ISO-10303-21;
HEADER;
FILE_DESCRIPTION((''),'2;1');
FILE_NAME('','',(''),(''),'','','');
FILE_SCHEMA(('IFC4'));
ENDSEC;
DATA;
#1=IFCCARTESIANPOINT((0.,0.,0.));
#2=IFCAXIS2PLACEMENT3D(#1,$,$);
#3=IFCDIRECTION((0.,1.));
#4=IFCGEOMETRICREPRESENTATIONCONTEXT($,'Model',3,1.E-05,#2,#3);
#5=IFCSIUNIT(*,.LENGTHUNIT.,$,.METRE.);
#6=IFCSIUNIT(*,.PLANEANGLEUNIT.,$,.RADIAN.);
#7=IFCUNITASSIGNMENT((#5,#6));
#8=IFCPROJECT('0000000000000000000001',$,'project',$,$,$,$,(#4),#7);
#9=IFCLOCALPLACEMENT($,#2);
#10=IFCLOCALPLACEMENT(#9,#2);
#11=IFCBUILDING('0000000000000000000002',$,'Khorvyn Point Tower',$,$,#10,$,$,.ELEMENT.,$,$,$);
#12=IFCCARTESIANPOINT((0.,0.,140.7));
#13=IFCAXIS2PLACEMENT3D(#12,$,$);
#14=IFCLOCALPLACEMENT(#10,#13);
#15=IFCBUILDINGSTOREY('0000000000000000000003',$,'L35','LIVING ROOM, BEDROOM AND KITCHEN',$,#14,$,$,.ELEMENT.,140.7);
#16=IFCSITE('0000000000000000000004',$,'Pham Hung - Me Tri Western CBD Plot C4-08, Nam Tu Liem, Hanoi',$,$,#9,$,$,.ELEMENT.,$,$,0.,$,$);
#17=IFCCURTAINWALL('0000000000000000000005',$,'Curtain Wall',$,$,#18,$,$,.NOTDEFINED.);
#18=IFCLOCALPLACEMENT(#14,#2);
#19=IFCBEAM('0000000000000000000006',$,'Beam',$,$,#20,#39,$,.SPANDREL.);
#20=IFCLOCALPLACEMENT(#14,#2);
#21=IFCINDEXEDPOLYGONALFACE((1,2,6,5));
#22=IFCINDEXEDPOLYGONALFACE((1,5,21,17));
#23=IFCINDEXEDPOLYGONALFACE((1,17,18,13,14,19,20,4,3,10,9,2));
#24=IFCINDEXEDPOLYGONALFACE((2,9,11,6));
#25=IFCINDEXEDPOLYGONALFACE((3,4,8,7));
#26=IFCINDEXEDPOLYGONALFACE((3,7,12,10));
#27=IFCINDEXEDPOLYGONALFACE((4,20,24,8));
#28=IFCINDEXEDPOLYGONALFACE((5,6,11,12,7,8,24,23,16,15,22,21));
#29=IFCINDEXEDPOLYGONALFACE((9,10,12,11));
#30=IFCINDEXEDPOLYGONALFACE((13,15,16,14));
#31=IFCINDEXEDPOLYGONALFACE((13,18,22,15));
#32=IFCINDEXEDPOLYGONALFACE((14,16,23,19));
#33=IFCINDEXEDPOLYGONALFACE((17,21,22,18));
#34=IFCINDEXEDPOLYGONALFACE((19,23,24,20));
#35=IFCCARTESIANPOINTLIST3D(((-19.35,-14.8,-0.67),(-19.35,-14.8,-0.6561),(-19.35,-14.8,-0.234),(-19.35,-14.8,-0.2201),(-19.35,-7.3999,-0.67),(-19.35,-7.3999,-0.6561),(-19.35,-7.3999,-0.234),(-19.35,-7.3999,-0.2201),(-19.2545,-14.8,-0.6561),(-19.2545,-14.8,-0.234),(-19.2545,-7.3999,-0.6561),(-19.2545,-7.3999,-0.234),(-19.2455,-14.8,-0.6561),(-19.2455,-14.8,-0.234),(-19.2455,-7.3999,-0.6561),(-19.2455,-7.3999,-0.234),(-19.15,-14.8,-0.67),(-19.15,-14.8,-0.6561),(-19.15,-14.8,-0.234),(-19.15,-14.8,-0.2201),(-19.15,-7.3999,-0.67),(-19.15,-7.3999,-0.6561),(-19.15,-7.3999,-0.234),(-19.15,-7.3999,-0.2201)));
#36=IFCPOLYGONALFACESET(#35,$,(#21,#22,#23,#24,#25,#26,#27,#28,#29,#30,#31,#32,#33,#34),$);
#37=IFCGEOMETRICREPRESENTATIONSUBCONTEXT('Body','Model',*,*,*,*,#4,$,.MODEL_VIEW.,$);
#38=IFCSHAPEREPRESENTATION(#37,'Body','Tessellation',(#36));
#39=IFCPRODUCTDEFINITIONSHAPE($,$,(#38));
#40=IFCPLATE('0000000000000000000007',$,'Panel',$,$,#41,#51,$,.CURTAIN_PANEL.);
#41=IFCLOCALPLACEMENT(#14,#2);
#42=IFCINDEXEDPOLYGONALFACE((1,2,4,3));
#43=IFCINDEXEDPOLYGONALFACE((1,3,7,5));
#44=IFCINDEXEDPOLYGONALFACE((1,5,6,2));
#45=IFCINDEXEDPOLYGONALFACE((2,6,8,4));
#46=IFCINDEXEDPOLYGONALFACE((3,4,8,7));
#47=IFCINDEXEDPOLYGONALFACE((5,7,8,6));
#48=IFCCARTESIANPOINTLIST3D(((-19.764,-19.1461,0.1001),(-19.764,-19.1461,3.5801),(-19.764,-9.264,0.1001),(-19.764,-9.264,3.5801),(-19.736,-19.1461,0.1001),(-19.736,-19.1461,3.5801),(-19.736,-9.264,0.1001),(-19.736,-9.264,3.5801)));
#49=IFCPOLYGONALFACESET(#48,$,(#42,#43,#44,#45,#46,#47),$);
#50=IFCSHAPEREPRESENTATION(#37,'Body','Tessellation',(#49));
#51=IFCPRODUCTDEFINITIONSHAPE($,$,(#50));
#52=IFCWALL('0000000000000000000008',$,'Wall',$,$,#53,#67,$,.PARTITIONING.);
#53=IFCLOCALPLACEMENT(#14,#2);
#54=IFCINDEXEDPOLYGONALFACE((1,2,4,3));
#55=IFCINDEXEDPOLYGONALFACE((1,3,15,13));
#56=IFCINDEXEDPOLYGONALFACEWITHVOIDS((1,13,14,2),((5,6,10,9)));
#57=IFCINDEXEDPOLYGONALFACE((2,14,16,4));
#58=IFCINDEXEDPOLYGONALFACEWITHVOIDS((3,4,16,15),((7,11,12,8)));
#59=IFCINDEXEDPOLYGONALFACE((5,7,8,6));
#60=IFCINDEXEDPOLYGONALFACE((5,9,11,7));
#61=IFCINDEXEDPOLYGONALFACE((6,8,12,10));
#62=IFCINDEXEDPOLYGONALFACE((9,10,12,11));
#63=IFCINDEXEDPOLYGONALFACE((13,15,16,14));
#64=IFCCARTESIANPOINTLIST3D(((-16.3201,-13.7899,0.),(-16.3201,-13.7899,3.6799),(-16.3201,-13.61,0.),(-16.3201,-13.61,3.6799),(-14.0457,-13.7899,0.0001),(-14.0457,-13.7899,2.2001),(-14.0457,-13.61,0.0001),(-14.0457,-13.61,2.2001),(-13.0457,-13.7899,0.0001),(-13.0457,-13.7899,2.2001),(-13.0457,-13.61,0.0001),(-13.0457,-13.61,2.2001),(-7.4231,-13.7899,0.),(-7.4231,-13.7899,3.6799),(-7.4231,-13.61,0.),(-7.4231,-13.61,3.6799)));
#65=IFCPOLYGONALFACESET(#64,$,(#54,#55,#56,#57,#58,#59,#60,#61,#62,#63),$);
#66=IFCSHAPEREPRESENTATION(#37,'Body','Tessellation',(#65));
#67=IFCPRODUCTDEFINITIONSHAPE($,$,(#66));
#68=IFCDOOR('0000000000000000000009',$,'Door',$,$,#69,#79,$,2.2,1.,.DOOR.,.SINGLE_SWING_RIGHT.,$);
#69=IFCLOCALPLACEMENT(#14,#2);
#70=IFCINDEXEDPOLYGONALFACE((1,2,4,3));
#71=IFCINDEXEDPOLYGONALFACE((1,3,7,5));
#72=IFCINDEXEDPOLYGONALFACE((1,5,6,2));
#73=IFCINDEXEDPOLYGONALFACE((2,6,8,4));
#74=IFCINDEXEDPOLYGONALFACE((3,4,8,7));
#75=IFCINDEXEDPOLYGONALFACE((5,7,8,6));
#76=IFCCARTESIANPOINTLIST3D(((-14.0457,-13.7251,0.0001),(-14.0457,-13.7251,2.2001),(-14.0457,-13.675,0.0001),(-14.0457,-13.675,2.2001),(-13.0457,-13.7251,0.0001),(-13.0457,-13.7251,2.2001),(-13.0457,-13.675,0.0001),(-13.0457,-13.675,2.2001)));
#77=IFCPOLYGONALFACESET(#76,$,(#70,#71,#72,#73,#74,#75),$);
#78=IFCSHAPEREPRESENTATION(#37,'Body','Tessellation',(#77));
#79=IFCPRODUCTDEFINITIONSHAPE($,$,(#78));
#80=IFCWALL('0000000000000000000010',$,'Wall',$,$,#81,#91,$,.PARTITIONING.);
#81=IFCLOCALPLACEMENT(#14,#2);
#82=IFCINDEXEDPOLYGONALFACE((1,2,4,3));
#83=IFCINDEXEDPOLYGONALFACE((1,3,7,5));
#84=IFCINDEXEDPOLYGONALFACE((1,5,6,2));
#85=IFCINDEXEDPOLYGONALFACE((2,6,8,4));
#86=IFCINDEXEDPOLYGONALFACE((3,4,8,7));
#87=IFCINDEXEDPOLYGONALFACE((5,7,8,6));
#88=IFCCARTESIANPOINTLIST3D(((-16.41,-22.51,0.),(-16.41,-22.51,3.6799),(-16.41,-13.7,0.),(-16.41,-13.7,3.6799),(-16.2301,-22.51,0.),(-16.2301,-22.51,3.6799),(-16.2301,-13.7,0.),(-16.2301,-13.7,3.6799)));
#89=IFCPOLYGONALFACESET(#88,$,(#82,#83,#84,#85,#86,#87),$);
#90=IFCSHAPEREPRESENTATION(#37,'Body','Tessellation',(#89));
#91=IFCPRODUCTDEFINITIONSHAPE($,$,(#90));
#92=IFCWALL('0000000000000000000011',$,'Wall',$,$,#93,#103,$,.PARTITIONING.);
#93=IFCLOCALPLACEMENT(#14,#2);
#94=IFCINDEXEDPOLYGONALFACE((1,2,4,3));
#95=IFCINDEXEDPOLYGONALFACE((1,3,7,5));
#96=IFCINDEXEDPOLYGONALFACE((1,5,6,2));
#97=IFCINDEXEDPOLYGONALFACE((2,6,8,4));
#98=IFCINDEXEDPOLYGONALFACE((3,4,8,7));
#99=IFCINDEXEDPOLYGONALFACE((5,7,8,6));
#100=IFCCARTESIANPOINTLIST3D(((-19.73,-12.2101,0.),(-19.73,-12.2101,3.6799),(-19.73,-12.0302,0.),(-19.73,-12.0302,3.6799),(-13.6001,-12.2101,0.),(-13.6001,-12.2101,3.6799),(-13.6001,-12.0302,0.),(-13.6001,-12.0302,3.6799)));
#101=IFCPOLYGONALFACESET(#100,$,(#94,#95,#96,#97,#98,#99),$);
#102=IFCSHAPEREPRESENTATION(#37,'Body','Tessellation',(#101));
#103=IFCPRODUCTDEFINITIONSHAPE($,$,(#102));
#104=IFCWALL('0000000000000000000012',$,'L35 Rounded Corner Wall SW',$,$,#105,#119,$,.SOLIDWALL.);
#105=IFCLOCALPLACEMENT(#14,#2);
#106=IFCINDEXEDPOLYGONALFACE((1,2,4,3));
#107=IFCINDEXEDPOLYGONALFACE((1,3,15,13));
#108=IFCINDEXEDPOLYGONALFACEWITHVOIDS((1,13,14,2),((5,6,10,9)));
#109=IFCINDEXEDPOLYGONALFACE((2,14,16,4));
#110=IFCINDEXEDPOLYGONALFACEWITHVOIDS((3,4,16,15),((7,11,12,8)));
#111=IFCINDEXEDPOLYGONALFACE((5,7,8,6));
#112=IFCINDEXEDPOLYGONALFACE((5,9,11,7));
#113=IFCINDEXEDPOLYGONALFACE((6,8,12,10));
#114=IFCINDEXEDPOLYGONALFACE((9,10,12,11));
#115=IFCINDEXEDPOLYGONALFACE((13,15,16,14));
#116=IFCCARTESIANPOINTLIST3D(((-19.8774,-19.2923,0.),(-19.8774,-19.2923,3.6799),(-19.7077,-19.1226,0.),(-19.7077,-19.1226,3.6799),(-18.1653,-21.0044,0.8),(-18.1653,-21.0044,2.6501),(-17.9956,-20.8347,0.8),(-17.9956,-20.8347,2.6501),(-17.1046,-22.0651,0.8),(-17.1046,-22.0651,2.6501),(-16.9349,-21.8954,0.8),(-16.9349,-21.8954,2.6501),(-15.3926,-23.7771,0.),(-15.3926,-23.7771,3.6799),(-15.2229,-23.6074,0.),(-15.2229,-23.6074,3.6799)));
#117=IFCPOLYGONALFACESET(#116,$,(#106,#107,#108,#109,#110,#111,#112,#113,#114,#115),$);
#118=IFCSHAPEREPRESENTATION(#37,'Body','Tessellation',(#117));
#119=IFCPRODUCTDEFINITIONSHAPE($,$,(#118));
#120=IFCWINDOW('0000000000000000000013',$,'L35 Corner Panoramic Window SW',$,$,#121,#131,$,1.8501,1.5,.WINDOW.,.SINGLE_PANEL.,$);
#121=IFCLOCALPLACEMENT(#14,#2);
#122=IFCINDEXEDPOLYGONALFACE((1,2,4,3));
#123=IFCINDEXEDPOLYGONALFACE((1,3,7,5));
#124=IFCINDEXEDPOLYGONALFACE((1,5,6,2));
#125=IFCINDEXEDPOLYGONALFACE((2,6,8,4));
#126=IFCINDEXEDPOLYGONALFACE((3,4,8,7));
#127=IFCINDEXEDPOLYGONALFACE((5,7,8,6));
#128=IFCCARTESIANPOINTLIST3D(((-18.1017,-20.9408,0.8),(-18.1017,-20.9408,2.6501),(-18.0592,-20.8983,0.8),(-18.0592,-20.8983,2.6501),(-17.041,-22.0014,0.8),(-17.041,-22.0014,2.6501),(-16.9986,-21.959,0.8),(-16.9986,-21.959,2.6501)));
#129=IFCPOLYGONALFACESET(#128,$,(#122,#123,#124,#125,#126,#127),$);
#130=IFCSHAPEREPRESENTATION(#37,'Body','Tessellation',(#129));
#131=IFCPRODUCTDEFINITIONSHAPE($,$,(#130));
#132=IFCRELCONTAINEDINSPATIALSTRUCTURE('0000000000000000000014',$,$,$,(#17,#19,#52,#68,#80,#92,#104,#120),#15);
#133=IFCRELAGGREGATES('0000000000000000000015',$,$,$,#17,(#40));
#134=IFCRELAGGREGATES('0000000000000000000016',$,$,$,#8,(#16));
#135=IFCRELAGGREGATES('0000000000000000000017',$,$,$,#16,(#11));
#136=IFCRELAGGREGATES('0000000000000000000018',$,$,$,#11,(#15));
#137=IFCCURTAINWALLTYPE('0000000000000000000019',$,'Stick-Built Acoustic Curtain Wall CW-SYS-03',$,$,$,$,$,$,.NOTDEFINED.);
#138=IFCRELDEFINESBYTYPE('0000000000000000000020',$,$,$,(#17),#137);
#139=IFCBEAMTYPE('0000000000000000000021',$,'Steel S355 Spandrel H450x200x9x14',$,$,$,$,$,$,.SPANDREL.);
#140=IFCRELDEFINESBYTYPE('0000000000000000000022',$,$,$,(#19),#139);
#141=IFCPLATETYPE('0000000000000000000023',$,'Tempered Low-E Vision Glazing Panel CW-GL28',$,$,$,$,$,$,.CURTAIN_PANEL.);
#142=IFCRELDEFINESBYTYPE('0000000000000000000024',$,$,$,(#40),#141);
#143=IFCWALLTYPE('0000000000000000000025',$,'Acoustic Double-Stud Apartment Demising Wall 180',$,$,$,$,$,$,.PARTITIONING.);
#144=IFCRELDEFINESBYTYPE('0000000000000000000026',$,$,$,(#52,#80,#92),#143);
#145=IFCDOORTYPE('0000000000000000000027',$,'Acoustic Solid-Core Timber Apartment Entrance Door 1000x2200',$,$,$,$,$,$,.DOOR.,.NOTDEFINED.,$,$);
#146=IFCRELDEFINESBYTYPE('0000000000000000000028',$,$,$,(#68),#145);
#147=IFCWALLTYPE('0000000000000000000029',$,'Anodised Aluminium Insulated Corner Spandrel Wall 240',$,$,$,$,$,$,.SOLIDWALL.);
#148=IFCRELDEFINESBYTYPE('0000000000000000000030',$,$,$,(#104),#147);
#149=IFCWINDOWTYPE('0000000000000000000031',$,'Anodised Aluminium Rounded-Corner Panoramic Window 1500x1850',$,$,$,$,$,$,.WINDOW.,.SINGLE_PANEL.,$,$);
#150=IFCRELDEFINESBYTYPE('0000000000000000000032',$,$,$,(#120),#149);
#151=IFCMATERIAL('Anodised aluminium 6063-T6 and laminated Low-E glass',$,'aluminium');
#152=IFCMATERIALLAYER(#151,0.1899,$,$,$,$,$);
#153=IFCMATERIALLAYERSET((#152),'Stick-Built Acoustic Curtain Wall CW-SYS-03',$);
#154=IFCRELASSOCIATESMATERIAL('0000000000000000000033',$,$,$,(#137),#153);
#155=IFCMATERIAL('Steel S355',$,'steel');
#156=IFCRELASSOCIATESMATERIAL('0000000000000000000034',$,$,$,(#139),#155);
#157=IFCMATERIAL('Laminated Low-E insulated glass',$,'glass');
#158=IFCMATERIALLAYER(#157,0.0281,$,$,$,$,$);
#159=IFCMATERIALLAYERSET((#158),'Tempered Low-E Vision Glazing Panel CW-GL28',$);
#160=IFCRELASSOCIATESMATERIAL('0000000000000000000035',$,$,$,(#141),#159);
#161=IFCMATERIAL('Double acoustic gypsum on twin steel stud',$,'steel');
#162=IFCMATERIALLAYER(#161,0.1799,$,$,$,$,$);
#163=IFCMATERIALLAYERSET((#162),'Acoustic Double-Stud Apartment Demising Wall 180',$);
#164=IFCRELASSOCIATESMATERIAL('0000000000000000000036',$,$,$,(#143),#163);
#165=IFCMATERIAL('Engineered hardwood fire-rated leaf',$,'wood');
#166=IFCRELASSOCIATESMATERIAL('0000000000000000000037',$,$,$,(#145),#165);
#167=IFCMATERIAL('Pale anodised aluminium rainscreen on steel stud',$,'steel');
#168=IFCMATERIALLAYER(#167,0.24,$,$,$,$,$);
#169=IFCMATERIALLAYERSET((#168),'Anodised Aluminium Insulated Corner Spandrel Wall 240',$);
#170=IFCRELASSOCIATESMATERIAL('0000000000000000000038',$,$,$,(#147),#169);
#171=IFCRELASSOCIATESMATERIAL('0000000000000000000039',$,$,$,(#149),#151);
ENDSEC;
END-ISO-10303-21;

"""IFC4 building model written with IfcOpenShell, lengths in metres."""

from ifc_helpers import new_model, si_unit, direction, frame, frame_2d, origin, origin_2d, place, context, subcontext, project, spatial, rectangle, i_section, extrude, material, layer, layer_set, material_profile, profile_set, type_object, element, fill, aggregate, save


model = new_model("IFC4")

# Units and contexts
model_context = context("Model", 3, precision=1e-05, world=origin(), true_north=direction((0.0, 1.0)))
body_context = subcontext(model_context, "Body", "Model", "MODEL_VIEW")
ifc_project = project(units=[si_unit("LENGTHUNIT", "METRE"), si_unit("PLANEANGLEUNIT", "RADIAN")], contexts=[model_context])

# Site, building, storey
site_placement = place(None, origin())
site = spatial("IfcSite", under=ifc_project, at=site_placement, Name="Pham Hung - Me Tri Western CBD Plot C4-08, Nam Tu Liem, Hanoi", CompositionType="ELEMENT", RefElevation=0.0)
building_placement = place(site_placement, origin())
building = spatial("IfcBuilding", under=site, at=building_placement, Name="Khorvyn Point Tower", CompositionType="ELEMENT")
storey_placement = place(building_placement, frame((0.0, 0.0, 140.7)))
storey = spatial("IfcBuildingStorey", under=building, at=storey_placement, Name="L35", Description="LIVING ROOM, BEDROOM AND KITCHEN", CompositionType="ELEMENT", Elevation=140.7)

# Shared definitions
ifc_material_1 = material(Name="Anodised aluminium 6063-T6 and laminated Low-E glass", Category="aluminium")
ifc_layer_1 = layer(ifc_material_1, 0.1899)
ifc_layer_set_1 = layer_set([ifc_layer_1], Name="Stick-Built Acoustic Curtain Wall CW-SYS-03")
curtain_wall_type = type_object("IfcCurtainWallType", Name="Stick-Built Acoustic Curtain Wall CW-SYS-03", PredefinedType="NOTDEFINED", material=ifc_layer_set_1)

# Curtain wall
curtain_wall_1_placement = place(storey_placement, origin())
curtain_wall_1 = element("IfcCurtainWall", 1, at=curtain_wall_1_placement, inside=storey, type_object=curtain_wall_type, Name="Curtain Wall", PredefinedType="NOTDEFINED")

# Beam
ifc_material_2 = material(Name="Steel S355", Category="steel")
ifc_material_profile_1 = material_profile(ifc_material_2, i_section(OverallWidth=0.2, OverallDepth=0.45, WebThickness=0.009, FlangeThickness=0.0139, at=origin_2d()))
ifc_profile_set_1 = profile_set([ifc_material_profile_1], Name="Steel S355 H450x200x9x14")
beam_type_1 = type_object("IfcBeamType", Name="Steel S355 Spandrel H450x200x9x14", PredefinedType="SPANDREL", material=ifc_profile_set_1)
beam_1_placement = place(storey_placement, frame((-19.25, -14.8, -0.4451), z_axis=(0.0, 1.0, 0.0), x_axis=(-1.0, 0.0, 0.0)))
element("IfcBeam", 2, at=beam_1_placement, inside=storey, type_object=beam_type_1, Name="Beam", PredefinedType="SPANDREL", context=body_context, shape_type="SweptSolid", body=[
    extrude(i_section(OverallWidth=0.2, OverallDepth=0.45, WebThickness=0.009, FlangeThickness=0.0139, at=origin_2d()), origin(), (0.0, 0.0, 1.0), 7.4001),
])

# Plate
ifc_material_3 = material(Name="Laminated Low-E insulated glass", Category="glass")
ifc_layer_2 = layer(ifc_material_3, 0.0281)
ifc_layer_set_2 = layer_set([ifc_layer_2], Name="Tempered Low-E Vision Glazing Panel CW-GL28")
plate_type = type_object("IfcPlateType", Name="Tempered Low-E Vision Glazing Panel CW-GL28", PredefinedType="CURTAIN_PANEL", material=ifc_layer_set_2)
plate_placement = place(storey_placement, frame((-19.75, -14.2051, 0.1001), z_axis=(0.0, 0.0, 1.0), x_axis=(0.0, 1.0, 0.0)))
plate = element("IfcPlate", 3, at=plate_placement, type_object=plate_type, Name="Panel", PredefinedType="CURTAIN_PANEL", context=body_context, shape_type="SweptSolid", body=[
    extrude(rectangle(XDim=9.8821, YDim=0.0281, at=origin_2d()), origin(), (0.0, 0.0, 1.0), 3.48),
])
aggregate(curtain_wall_1, [plate])

# Wall, opening, door
ifc_material_4 = material(Name="Double acoustic gypsum on twin steel stud", Category="steel")
ifc_layer_3 = layer(ifc_material_4, 0.1799)
ifc_layer_set_3 = layer_set([ifc_layer_3], Name="Acoustic Double-Stud Apartment Demising Wall 180")
wall_type_1 = type_object("IfcWallType", Name="Acoustic Double-Stud Apartment Demising Wall 180", PredefinedType="PARTITIONING", material=ifc_layer_set_3)
wall_1_placement = place(storey_placement, frame((-16.3201, -13.7, 0.0), z_axis=(0.0, 0.0, 1.0), x_axis=(1.0, 0.0, 0.0)))
wall_1 = element("IfcWall", 4, at=wall_1_placement, inside=storey, type_object=wall_type_1, Name="Wall", PredefinedType="PARTITIONING", context=body_context, shape_type="SweptSolid", body=[
    extrude(rectangle(XDim=8.897, YDim=0.1799, at=frame_2d((4.4485, 0.0))), origin(), (0.0, 0.0, 1.0), 3.6799),
])
opening_1_placement = place(wall_1_placement, frame((2.2744, 0.0, 0.0)))
opening_1 = element("IfcOpeningElement", 5, at=opening_1_placement, cuts=wall_1, PredefinedType="OPENING", context=body_context, shape_type="SweptSolid", body=[
    extrude(rectangle(XDim=1.0, YDim=2.2, at=frame_2d((0.5, 1.1001))), frame((0.0, 0.0999, 0.0), z_axis=(0.0, -1.0, 0.0), x_axis=(1.0, 0.0, 0.0)), (0.0, 0.0, 1.0), 0.2),
])
ifc_material_5 = material(Name="Engineered hardwood fire-rated leaf", Category="wood")
door_type = type_object("IfcDoorType", Name="Acoustic Solid-Core Timber Apartment Entrance Door 1000x2200", OperationType="NOTDEFINED", PredefinedType="DOOR", material=ifc_material_5)
door_placement = place(opening_1_placement, origin())
door = element("IfcDoor", 6, at=door_placement, inside=storey, type_object=door_type, Name="Door", OperationType="SINGLE_SWING_RIGHT", OverallHeight=2.2, OverallWidth=1.0, PredefinedType="DOOR", context=body_context, shape_type="SweptSolid", body=[
    extrude(rectangle(XDim=1.0, YDim=2.2, at=frame_2d((0.5, 1.1001))), frame((0.0, 0.0249, 0.0), z_axis=(0.0, -1.0, 0.0), x_axis=(1.0, 0.0, 0.0)), (0.0, 0.0, 1.0), 0.05),
])
fill(opening_1, door)

# Walls
wall_2_placement = place(storey_placement, frame((-16.3201, -22.51, 0.0), z_axis=(0.0, 0.0, 1.0), x_axis=(0.0, 1.0, 0.0)))
element("IfcWall", 7, at=wall_2_placement, inside=storey, type_object=wall_type_1, Name="Wall", PredefinedType="PARTITIONING", context=body_context, shape_type="SweptSolid", body=[
    extrude(rectangle(XDim=8.8101, YDim=0.1799, at=frame_2d((4.405, 0.0))), origin(), (0.0, 0.0, 1.0), 3.6799),
])
wall_3_placement = place(storey_placement, frame((-19.73, -12.1201, 0.0), z_axis=(0.0, 0.0, 1.0), x_axis=(1.0, 0.0, 0.0)))
element("IfcWall", 8, at=wall_3_placement, inside=storey, type_object=wall_type_1, Name="Wall", PredefinedType="PARTITIONING", context=body_context, shape_type="SweptSolid", body=[
    extrude(rectangle(XDim=6.1299, YDim=0.1799, at=frame_2d((3.0649, 0.0))), origin(), (0.0, 0.0, 1.0), 3.6799),
])

# Wall, opening, window
ifc_material_6 = material(Name="Pale anodised aluminium rainscreen on steel stud", Category="steel")
ifc_layer_4 = layer(ifc_material_6, 0.24)
ifc_layer_set_4 = layer_set([ifc_layer_4], Name="Anodised Aluminium Insulated Corner Spandrel Wall 240")
wall_type_2 = type_object("IfcWallType", Name="Anodised Aluminium Insulated Corner Spandrel Wall 240", PredefinedType="SOLIDWALL", material=ifc_layer_set_4)
wall_4_placement = place(storey_placement, frame((-15.3076, -23.6924, 0.0), z_axis=(0.0, 0.0, 1.0), x_axis=(-0.707107, 0.707107, 0.0)))
wall_4 = element("IfcWall", 9, at=wall_4_placement, inside=storey, type_object=wall_type_2, Name="L35 Rounded Corner Wall SW", PredefinedType="SOLIDWALL", context=body_context, shape_type="SweptSolid", body=[
    extrude(rectangle(XDim=6.3425, YDim=0.24, at=frame_2d((3.1714, 0.0))), origin(), (0.0, 0.0, 1.0), 3.6799),
])
opening_2_placement = place(wall_4_placement, frame((2.4214, 0.0, 0.8)))
opening_2 = element("IfcOpeningElement", 10, at=opening_2_placement, cuts=wall_4, PredefinedType="OPENING", context=body_context, shape_type="SweptSolid", body=[
    extrude(rectangle(XDim=1.5, YDim=1.8501, at=frame_2d((0.75, 0.925))), frame((0.0, 0.1299, 0.0), z_axis=(0.0, -1.0, 0.0), x_axis=(1.0, 0.0, 0.0)), (0.0, 0.0, 1.0), 0.26),
])
window_type = type_object("IfcWindowType", Name="Anodised Aluminium Rounded-Corner Panoramic Window 1500x1850", PartitioningType="SINGLE_PANEL", PredefinedType="WINDOW", material=ifc_material_1)
window_placement = place(opening_2_placement, origin())
window = element("IfcWindow", 11, at=window_placement, inside=storey, type_object=window_type, Name="L35 Corner Panoramic Window SW", OverallHeight=1.8501, OverallWidth=1.5, PartitioningType="SINGLE_PANEL", PredefinedType="WINDOW", context=body_context, shape_type="SweptSolid", body=[
    extrude(rectangle(XDim=1.5, YDim=1.8501, at=frame_2d((0.75, 0.925))), frame((0.0, 0.03, 0.0), z_axis=(0.0, -1.0, 0.0), x_axis=(1.0, 0.0, 0.0)), (0.0, 0.0, 1.0), 0.0601),
])
fill(opening_2, window)

save(model, "model.ifc")
